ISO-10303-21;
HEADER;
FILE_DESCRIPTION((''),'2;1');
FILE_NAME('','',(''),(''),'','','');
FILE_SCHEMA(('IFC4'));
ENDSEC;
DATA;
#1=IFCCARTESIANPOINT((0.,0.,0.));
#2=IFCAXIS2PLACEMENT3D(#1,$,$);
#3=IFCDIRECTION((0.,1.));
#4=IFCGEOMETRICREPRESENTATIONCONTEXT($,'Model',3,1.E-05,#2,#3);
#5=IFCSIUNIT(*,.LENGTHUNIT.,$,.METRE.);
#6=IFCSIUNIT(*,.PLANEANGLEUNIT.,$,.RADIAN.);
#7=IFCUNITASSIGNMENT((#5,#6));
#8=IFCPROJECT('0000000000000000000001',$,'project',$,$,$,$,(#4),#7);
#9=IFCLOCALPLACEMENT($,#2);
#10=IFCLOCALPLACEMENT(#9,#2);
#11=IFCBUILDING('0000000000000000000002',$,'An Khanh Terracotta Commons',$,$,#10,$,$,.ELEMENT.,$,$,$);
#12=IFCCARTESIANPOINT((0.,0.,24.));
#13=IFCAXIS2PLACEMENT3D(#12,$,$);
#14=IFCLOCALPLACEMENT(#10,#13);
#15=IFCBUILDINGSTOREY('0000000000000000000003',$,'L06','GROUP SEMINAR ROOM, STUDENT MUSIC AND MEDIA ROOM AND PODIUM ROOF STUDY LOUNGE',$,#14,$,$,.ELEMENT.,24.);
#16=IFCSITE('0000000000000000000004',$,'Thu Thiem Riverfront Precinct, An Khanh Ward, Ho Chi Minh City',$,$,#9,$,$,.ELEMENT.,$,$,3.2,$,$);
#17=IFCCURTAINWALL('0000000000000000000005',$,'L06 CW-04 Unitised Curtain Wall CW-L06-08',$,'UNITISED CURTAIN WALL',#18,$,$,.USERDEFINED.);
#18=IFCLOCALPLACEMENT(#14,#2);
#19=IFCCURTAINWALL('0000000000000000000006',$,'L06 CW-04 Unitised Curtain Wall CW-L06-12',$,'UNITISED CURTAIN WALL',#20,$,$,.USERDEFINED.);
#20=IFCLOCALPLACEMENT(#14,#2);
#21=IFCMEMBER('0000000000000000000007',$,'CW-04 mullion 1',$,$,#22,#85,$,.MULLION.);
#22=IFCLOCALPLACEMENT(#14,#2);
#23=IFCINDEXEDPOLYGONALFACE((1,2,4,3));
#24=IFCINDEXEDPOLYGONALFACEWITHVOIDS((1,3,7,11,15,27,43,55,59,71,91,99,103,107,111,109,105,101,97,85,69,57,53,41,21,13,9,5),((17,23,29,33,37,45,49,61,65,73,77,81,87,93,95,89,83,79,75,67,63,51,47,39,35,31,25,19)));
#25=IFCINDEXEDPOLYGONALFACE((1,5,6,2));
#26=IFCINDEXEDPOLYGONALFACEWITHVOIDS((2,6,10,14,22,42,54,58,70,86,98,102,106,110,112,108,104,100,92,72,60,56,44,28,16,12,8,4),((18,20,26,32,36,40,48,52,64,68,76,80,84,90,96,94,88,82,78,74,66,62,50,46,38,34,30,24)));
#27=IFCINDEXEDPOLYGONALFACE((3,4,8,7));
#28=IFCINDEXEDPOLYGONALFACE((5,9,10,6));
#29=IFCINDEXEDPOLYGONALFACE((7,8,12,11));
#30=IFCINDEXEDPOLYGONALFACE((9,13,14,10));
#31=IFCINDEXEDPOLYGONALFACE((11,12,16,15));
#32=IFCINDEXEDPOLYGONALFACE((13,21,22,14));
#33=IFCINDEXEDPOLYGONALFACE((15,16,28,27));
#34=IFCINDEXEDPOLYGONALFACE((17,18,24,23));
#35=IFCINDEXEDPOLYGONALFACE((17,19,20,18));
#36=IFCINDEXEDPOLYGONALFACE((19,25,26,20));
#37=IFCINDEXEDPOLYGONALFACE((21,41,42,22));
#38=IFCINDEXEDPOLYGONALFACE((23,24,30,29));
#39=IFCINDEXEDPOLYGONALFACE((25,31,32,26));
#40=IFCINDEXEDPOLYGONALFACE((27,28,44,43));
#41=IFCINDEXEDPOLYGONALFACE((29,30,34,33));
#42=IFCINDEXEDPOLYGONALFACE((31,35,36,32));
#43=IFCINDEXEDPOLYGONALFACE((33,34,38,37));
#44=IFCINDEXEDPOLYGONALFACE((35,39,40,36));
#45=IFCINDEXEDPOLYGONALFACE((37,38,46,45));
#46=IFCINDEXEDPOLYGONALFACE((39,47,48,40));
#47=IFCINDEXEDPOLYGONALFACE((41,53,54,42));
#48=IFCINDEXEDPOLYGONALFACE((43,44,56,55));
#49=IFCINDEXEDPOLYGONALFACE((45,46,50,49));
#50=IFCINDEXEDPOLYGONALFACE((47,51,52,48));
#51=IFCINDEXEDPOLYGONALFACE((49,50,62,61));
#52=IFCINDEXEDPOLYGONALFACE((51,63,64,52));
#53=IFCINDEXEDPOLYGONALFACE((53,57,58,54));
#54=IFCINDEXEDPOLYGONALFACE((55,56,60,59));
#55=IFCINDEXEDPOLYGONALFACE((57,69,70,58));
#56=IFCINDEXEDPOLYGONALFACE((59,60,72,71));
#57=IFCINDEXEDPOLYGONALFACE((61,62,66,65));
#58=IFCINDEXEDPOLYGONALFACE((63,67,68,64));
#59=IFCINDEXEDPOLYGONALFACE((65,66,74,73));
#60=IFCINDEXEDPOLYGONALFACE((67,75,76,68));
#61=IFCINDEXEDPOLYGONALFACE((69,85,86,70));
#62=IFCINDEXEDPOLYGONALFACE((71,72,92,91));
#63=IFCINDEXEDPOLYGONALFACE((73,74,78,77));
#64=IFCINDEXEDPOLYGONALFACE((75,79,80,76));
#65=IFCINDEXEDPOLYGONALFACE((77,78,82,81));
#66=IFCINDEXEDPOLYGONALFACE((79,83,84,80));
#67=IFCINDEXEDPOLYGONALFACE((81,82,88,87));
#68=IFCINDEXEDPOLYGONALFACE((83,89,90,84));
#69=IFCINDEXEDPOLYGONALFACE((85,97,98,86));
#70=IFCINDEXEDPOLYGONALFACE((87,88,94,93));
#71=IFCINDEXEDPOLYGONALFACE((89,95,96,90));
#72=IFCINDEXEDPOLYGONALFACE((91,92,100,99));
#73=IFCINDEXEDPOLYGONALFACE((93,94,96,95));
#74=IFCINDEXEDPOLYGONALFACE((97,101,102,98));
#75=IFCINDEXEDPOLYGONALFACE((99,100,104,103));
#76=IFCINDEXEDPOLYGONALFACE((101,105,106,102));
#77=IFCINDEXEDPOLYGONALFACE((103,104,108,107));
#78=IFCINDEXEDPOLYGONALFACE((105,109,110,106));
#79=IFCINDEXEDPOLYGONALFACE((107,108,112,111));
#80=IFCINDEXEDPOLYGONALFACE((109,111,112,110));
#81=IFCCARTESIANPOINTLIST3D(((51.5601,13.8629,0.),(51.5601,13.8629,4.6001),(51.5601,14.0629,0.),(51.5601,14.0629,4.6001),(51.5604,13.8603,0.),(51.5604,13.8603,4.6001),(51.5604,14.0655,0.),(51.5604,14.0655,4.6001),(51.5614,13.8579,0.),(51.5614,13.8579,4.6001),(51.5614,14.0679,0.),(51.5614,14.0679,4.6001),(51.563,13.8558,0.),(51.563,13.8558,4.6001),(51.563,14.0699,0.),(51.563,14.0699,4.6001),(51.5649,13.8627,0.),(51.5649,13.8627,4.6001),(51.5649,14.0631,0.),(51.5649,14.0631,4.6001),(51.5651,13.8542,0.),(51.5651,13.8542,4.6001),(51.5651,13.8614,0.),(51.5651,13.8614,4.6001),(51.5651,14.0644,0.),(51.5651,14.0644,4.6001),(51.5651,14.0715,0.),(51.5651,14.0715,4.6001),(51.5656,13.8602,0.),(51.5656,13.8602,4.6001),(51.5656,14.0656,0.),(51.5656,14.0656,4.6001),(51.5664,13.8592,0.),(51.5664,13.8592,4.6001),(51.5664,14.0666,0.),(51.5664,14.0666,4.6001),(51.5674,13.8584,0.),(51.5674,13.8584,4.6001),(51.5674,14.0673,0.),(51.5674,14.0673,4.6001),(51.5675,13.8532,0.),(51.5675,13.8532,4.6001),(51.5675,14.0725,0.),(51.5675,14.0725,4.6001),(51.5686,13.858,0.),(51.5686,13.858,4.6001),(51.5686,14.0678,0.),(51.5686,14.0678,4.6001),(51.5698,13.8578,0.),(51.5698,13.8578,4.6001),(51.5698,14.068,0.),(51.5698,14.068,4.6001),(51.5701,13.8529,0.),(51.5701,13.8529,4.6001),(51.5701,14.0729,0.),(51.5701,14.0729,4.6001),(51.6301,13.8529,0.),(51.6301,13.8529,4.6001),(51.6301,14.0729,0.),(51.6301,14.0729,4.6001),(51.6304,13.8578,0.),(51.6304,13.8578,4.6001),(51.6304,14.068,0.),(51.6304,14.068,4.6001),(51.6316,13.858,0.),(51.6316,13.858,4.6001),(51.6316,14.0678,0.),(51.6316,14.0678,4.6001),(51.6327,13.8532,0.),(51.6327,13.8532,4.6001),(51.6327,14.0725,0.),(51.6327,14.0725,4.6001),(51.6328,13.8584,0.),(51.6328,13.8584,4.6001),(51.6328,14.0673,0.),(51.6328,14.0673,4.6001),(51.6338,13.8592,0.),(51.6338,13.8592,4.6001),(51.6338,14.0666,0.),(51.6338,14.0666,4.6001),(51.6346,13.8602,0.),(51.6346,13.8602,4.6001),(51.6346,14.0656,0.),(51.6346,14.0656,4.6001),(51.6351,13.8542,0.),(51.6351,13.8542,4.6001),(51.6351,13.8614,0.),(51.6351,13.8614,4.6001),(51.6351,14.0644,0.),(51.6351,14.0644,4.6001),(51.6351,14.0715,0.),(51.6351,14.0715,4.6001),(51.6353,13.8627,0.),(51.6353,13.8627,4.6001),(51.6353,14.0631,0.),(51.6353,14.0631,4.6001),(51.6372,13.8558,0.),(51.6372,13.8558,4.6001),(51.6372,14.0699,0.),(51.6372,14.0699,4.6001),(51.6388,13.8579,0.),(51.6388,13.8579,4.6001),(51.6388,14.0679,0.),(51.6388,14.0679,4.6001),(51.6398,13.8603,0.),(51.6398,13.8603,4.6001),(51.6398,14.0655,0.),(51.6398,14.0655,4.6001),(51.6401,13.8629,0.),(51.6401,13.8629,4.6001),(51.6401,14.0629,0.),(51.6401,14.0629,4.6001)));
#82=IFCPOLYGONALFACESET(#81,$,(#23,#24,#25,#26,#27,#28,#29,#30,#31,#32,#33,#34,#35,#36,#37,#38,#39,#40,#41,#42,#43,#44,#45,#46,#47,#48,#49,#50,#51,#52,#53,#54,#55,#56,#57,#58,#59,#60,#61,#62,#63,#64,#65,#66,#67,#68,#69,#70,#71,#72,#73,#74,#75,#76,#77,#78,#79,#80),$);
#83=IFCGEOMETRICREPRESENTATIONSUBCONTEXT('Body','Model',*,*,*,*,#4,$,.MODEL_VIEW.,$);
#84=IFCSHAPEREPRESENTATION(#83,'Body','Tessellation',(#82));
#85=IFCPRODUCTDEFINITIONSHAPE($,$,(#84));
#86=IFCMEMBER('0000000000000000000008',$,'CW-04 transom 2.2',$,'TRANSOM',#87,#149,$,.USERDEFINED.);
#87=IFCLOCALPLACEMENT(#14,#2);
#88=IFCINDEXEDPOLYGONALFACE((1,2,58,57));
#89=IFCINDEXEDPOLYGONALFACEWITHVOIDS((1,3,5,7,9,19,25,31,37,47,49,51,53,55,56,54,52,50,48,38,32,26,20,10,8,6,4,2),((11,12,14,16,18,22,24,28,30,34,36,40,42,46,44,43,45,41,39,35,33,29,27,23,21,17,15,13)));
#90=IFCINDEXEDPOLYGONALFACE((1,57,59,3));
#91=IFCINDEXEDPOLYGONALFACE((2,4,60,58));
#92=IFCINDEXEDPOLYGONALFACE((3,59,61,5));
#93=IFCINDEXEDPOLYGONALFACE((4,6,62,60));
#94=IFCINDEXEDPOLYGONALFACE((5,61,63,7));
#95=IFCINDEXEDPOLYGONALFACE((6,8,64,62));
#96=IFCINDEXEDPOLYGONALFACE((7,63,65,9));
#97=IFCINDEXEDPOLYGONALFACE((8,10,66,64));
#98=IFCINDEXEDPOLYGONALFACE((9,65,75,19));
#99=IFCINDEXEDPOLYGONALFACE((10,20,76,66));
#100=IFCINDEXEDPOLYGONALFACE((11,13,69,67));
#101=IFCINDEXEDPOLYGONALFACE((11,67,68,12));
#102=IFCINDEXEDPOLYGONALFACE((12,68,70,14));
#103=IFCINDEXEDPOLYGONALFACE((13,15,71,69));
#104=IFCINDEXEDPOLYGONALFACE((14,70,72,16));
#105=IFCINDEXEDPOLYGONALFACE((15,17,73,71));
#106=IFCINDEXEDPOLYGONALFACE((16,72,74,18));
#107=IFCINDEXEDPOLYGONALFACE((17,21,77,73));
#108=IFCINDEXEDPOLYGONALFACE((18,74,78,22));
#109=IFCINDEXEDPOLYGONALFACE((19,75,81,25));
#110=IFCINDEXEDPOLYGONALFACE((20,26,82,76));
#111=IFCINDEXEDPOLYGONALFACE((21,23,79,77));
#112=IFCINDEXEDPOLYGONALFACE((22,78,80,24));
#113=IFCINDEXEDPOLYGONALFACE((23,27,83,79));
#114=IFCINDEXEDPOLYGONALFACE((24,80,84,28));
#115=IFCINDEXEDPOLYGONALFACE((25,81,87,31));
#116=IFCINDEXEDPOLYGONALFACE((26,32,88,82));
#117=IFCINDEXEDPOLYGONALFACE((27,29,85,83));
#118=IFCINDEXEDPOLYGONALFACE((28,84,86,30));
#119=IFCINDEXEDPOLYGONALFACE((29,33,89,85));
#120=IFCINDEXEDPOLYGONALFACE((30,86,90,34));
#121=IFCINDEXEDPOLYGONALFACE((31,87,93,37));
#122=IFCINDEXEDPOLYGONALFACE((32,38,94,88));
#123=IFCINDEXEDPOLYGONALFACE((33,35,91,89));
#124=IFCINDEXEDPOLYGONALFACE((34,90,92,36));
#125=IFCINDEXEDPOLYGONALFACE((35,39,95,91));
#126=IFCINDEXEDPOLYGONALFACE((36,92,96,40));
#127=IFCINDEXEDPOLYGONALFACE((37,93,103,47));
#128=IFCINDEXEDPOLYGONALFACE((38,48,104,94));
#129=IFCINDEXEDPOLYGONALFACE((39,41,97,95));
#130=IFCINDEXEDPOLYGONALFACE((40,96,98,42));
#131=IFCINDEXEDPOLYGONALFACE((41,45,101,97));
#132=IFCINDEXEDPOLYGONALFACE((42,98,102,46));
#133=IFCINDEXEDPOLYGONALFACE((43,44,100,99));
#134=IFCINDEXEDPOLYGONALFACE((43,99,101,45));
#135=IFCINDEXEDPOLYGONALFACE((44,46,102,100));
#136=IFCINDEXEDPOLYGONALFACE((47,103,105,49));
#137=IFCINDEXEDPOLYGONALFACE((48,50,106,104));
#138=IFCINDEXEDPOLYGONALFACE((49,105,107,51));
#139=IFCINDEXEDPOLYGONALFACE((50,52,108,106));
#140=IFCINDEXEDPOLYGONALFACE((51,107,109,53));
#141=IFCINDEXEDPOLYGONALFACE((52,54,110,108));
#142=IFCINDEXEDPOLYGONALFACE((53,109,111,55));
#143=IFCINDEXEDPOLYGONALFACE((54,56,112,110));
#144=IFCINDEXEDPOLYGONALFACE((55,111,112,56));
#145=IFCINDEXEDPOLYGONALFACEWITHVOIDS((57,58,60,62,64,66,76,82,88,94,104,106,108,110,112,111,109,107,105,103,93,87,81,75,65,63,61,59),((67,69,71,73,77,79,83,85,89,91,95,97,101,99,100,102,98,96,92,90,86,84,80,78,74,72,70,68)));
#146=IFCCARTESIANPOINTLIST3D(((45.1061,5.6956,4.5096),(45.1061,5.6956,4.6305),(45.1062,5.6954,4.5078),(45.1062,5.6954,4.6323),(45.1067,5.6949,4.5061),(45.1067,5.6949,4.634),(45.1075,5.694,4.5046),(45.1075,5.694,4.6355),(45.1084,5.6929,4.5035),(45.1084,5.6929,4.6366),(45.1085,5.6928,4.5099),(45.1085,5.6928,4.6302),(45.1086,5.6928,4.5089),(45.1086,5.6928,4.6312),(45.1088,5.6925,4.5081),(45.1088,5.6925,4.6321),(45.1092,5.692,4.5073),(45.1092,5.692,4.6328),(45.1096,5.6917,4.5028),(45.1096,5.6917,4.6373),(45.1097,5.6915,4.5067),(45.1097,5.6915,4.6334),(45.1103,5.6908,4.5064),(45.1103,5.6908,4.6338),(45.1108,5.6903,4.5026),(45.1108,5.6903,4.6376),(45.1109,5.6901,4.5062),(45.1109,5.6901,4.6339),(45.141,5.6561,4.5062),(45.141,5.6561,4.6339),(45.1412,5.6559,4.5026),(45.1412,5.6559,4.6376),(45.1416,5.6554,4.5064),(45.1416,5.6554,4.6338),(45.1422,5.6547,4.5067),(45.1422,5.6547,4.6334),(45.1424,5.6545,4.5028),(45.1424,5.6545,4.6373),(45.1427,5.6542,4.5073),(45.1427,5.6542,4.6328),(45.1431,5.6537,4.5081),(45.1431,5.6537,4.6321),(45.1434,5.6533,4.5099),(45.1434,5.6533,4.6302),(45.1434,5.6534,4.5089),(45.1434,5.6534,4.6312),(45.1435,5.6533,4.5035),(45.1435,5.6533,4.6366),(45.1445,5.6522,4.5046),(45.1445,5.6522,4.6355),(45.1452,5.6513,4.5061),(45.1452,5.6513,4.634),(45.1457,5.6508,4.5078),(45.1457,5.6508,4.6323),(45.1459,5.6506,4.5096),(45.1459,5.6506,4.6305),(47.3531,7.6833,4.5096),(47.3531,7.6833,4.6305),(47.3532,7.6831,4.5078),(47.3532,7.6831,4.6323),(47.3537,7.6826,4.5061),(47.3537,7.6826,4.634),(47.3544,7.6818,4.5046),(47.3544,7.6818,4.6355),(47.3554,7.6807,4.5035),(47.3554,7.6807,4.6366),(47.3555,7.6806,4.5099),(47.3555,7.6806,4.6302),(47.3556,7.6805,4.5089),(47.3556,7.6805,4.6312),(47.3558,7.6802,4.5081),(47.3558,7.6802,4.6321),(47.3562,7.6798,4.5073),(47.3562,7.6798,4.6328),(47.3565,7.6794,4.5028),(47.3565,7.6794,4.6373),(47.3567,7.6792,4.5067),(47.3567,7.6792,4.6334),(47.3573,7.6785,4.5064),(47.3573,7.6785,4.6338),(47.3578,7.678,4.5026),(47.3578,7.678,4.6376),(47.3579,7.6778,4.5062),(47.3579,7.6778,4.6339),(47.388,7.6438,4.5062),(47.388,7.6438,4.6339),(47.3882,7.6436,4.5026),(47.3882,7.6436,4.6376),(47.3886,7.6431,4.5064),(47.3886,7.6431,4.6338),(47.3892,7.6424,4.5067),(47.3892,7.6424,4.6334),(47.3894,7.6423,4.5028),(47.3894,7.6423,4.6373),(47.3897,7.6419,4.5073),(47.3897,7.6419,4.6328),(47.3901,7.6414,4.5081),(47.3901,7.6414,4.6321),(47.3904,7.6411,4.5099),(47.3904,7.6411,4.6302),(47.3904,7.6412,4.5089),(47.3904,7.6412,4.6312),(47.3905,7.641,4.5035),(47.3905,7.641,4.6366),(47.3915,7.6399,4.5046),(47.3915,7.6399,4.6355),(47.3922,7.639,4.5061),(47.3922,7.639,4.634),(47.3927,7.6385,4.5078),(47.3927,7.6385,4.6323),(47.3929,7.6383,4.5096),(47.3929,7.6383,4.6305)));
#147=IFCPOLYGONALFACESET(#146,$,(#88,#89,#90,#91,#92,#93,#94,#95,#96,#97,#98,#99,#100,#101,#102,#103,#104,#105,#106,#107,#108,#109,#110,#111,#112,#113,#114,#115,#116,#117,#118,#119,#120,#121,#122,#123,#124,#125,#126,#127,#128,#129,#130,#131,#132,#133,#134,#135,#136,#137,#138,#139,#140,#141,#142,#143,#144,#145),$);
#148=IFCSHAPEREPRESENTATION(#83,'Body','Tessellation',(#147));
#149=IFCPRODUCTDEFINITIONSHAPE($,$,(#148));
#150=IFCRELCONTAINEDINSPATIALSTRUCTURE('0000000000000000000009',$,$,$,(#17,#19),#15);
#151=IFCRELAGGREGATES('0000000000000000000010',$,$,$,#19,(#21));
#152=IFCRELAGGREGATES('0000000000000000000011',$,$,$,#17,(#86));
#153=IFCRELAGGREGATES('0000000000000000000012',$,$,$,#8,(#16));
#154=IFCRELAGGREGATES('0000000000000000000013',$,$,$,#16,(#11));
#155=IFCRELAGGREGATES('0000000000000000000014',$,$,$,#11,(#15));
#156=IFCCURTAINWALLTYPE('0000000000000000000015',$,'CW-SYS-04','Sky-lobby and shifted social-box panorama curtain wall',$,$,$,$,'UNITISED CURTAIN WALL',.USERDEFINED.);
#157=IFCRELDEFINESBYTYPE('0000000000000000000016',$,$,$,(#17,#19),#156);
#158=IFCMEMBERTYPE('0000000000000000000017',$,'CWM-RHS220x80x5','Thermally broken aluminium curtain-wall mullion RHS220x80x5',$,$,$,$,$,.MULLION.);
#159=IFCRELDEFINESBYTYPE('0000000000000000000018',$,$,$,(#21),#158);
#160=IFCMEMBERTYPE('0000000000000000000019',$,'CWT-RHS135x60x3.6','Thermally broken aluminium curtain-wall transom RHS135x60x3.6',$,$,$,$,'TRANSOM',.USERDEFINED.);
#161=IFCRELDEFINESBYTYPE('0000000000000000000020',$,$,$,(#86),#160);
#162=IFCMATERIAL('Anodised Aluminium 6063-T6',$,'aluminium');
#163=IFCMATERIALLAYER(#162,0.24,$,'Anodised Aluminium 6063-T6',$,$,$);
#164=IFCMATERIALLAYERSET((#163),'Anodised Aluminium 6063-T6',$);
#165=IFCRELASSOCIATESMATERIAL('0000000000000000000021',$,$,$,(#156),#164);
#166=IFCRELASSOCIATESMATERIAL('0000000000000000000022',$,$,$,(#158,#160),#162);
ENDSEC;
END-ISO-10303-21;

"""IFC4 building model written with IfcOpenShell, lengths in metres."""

from ifc_helpers import new_model, si_unit, direction, frame, origin, origin_2d, place, context, subcontext, project, spatial, hollow_rectangle, extrude, material, layer, layer_set, material_profile, profile_set, type_object, element, aggregate, save


model = new_model("IFC4")

# Units and contexts
model_context = context("Model", 3, precision=1e-05, world=origin(), true_north=direction((0.0, 1.0)))
body_context = subcontext(model_context, "Body", "Model", "MODEL_VIEW")
ifc_project = project(units=[si_unit("LENGTHUNIT", "METRE"), si_unit("PLANEANGLEUNIT", "RADIAN")], contexts=[model_context])

# Site, building, storey
site_placement = place(None, origin())
site = spatial("IfcSite", under=ifc_project, at=site_placement, Name="Thu Thiem Riverfront Precinct, An Khanh Ward, Ho Chi Minh City", CompositionType="ELEMENT", RefElevation=3.2)
building_placement = place(site_placement, origin())
building = spatial("IfcBuilding", under=site, at=building_placement, Name="An Khanh Terracotta Commons", CompositionType="ELEMENT")
storey_placement = place(building_placement, frame((0.0, 0.0, 24.0)))
storey = spatial("IfcBuildingStorey", under=building, at=storey_placement, Name="L06", Description="GROUP SEMINAR ROOM, STUDENT MUSIC AND MEDIA ROOM AND PODIUM ROOF STUDY LOUNGE", CompositionType="ELEMENT", Elevation=24.0)

# Curtain wall
ifc_material_1 = material(Name="Anodised Aluminium 6063-T6", Category="aluminium")
ifc_layer_1 = layer(ifc_material_1, 0.24, Name="Anodised Aluminium 6063-T6")
ifc_layer_set_1 = layer_set([ifc_layer_1], Name="Anodised Aluminium 6063-T6")
curtain_wall_type = type_object("IfcCurtainWallType", Name="CW-SYS-04", Description="Sky-lobby and shifted social-box panorama curtain wall", ElementType="UNITISED CURTAIN WALL", PredefinedType="USERDEFINED", material=ifc_layer_set_1)
curtain_wall_1_placement = place(storey_placement, origin())
curtain_wall_1 = element("IfcCurtainWall", 1, at=curtain_wall_1_placement, inside=storey, type_object=curtain_wall_type, Name="L06 CW-04 Unitised Curtain Wall CW-L06-08", ObjectType="UNITISED CURTAIN WALL", PredefinedType="USERDEFINED")
ifc_material_profile_1 = material_profile(ifc_material_1, hollow_rectangle(XDim=0.0801, YDim=0.22, WallThickness=0.0049, InnerFilletRadius=0.0049, OuterFilletRadius=0.01, at=origin_2d()), Name="RHS220x80x5")
ifc_profile_set_1 = profile_set([ifc_material_profile_1], Name="Anodised Aluminium 6063-T6")
member_type_1 = type_object("IfcMemberType", Name="CWM-RHS220x80x5", Description="Thermally broken aluminium curtain-wall mullion RHS220x80x5", PredefinedType="MULLION", material=ifc_profile_set_1)

# Curtain wall, member
curtain_wall_2_placement = place(storey_placement, origin())
curtain_wall_2 = element("IfcCurtainWall", 2, at=curtain_wall_2_placement, inside=storey, type_object=curtain_wall_type, Name="L06 CW-04 Unitised Curtain Wall CW-L06-12", ObjectType="UNITISED CURTAIN WALL", PredefinedType="USERDEFINED")
member_1_placement = place(storey_placement, frame((51.6001, 13.9629, 0.0), z_axis=(0.0, 0.0, 1.0), x_axis=(-1.0, 0.0, 0.0)))
member_1 = element("IfcMember", 3, at=member_1_placement, type_object=member_type_1, Name="CW-04 mullion 1", PredefinedType="MULLION", context=body_context, shape_type="SweptSolid", body=[
    extrude(hollow_rectangle(XDim=0.0801, YDim=0.22, WallThickness=0.0049, InnerFilletRadius=0.0049, OuterFilletRadius=0.01, at=origin_2d()), origin(), (0.0, 0.0, 1.0), 4.6001),
])

# Member
ifc_material_profile_2 = material_profile(ifc_material_1, hollow_rectangle(XDim=0.0601, YDim=0.135, WallThickness=0.0037, InnerFilletRadius=0.0037, OuterFilletRadius=0.0071, at=origin_2d()), Name="RHS135x60x3.6")
ifc_profile_set_2 = profile_set([ifc_material_profile_2], Name="Anodised Aluminium 6063-T6")
member_type_2 = type_object("IfcMemberType", Name="CWT-RHS135x60x3.6", Description="Thermally broken aluminium curtain-wall transom RHS135x60x3.6", ElementType="TRANSOM", PredefinedType="USERDEFINED", material=ifc_profile_set_2)
member_2_placement = place(storey_placement, frame((45.126, 5.6731, 4.5701), z_axis=(0.748997, 0.662574, 0.0), x_axis=(-0.662574, 0.748997, 0.0)))
member_2 = element("IfcMember", 4, at=member_2_placement, type_object=member_type_2, Name="CW-04 transom 2.2", ObjectType="TRANSOM", PredefinedType="USERDEFINED", context=body_context, shape_type="SweptSolid", body=[
    extrude(hollow_rectangle(XDim=0.0601, YDim=0.135, WallThickness=0.0037, InnerFilletRadius=0.0037, OuterFilletRadius=0.0071, at=origin_2d()), origin(), (0.0, 0.0, 1.0), 3.0),
])
aggregate(curtain_wall_2, [member_1])

aggregate(curtain_wall_1, [member_2])

save(model, "model.ifc")
